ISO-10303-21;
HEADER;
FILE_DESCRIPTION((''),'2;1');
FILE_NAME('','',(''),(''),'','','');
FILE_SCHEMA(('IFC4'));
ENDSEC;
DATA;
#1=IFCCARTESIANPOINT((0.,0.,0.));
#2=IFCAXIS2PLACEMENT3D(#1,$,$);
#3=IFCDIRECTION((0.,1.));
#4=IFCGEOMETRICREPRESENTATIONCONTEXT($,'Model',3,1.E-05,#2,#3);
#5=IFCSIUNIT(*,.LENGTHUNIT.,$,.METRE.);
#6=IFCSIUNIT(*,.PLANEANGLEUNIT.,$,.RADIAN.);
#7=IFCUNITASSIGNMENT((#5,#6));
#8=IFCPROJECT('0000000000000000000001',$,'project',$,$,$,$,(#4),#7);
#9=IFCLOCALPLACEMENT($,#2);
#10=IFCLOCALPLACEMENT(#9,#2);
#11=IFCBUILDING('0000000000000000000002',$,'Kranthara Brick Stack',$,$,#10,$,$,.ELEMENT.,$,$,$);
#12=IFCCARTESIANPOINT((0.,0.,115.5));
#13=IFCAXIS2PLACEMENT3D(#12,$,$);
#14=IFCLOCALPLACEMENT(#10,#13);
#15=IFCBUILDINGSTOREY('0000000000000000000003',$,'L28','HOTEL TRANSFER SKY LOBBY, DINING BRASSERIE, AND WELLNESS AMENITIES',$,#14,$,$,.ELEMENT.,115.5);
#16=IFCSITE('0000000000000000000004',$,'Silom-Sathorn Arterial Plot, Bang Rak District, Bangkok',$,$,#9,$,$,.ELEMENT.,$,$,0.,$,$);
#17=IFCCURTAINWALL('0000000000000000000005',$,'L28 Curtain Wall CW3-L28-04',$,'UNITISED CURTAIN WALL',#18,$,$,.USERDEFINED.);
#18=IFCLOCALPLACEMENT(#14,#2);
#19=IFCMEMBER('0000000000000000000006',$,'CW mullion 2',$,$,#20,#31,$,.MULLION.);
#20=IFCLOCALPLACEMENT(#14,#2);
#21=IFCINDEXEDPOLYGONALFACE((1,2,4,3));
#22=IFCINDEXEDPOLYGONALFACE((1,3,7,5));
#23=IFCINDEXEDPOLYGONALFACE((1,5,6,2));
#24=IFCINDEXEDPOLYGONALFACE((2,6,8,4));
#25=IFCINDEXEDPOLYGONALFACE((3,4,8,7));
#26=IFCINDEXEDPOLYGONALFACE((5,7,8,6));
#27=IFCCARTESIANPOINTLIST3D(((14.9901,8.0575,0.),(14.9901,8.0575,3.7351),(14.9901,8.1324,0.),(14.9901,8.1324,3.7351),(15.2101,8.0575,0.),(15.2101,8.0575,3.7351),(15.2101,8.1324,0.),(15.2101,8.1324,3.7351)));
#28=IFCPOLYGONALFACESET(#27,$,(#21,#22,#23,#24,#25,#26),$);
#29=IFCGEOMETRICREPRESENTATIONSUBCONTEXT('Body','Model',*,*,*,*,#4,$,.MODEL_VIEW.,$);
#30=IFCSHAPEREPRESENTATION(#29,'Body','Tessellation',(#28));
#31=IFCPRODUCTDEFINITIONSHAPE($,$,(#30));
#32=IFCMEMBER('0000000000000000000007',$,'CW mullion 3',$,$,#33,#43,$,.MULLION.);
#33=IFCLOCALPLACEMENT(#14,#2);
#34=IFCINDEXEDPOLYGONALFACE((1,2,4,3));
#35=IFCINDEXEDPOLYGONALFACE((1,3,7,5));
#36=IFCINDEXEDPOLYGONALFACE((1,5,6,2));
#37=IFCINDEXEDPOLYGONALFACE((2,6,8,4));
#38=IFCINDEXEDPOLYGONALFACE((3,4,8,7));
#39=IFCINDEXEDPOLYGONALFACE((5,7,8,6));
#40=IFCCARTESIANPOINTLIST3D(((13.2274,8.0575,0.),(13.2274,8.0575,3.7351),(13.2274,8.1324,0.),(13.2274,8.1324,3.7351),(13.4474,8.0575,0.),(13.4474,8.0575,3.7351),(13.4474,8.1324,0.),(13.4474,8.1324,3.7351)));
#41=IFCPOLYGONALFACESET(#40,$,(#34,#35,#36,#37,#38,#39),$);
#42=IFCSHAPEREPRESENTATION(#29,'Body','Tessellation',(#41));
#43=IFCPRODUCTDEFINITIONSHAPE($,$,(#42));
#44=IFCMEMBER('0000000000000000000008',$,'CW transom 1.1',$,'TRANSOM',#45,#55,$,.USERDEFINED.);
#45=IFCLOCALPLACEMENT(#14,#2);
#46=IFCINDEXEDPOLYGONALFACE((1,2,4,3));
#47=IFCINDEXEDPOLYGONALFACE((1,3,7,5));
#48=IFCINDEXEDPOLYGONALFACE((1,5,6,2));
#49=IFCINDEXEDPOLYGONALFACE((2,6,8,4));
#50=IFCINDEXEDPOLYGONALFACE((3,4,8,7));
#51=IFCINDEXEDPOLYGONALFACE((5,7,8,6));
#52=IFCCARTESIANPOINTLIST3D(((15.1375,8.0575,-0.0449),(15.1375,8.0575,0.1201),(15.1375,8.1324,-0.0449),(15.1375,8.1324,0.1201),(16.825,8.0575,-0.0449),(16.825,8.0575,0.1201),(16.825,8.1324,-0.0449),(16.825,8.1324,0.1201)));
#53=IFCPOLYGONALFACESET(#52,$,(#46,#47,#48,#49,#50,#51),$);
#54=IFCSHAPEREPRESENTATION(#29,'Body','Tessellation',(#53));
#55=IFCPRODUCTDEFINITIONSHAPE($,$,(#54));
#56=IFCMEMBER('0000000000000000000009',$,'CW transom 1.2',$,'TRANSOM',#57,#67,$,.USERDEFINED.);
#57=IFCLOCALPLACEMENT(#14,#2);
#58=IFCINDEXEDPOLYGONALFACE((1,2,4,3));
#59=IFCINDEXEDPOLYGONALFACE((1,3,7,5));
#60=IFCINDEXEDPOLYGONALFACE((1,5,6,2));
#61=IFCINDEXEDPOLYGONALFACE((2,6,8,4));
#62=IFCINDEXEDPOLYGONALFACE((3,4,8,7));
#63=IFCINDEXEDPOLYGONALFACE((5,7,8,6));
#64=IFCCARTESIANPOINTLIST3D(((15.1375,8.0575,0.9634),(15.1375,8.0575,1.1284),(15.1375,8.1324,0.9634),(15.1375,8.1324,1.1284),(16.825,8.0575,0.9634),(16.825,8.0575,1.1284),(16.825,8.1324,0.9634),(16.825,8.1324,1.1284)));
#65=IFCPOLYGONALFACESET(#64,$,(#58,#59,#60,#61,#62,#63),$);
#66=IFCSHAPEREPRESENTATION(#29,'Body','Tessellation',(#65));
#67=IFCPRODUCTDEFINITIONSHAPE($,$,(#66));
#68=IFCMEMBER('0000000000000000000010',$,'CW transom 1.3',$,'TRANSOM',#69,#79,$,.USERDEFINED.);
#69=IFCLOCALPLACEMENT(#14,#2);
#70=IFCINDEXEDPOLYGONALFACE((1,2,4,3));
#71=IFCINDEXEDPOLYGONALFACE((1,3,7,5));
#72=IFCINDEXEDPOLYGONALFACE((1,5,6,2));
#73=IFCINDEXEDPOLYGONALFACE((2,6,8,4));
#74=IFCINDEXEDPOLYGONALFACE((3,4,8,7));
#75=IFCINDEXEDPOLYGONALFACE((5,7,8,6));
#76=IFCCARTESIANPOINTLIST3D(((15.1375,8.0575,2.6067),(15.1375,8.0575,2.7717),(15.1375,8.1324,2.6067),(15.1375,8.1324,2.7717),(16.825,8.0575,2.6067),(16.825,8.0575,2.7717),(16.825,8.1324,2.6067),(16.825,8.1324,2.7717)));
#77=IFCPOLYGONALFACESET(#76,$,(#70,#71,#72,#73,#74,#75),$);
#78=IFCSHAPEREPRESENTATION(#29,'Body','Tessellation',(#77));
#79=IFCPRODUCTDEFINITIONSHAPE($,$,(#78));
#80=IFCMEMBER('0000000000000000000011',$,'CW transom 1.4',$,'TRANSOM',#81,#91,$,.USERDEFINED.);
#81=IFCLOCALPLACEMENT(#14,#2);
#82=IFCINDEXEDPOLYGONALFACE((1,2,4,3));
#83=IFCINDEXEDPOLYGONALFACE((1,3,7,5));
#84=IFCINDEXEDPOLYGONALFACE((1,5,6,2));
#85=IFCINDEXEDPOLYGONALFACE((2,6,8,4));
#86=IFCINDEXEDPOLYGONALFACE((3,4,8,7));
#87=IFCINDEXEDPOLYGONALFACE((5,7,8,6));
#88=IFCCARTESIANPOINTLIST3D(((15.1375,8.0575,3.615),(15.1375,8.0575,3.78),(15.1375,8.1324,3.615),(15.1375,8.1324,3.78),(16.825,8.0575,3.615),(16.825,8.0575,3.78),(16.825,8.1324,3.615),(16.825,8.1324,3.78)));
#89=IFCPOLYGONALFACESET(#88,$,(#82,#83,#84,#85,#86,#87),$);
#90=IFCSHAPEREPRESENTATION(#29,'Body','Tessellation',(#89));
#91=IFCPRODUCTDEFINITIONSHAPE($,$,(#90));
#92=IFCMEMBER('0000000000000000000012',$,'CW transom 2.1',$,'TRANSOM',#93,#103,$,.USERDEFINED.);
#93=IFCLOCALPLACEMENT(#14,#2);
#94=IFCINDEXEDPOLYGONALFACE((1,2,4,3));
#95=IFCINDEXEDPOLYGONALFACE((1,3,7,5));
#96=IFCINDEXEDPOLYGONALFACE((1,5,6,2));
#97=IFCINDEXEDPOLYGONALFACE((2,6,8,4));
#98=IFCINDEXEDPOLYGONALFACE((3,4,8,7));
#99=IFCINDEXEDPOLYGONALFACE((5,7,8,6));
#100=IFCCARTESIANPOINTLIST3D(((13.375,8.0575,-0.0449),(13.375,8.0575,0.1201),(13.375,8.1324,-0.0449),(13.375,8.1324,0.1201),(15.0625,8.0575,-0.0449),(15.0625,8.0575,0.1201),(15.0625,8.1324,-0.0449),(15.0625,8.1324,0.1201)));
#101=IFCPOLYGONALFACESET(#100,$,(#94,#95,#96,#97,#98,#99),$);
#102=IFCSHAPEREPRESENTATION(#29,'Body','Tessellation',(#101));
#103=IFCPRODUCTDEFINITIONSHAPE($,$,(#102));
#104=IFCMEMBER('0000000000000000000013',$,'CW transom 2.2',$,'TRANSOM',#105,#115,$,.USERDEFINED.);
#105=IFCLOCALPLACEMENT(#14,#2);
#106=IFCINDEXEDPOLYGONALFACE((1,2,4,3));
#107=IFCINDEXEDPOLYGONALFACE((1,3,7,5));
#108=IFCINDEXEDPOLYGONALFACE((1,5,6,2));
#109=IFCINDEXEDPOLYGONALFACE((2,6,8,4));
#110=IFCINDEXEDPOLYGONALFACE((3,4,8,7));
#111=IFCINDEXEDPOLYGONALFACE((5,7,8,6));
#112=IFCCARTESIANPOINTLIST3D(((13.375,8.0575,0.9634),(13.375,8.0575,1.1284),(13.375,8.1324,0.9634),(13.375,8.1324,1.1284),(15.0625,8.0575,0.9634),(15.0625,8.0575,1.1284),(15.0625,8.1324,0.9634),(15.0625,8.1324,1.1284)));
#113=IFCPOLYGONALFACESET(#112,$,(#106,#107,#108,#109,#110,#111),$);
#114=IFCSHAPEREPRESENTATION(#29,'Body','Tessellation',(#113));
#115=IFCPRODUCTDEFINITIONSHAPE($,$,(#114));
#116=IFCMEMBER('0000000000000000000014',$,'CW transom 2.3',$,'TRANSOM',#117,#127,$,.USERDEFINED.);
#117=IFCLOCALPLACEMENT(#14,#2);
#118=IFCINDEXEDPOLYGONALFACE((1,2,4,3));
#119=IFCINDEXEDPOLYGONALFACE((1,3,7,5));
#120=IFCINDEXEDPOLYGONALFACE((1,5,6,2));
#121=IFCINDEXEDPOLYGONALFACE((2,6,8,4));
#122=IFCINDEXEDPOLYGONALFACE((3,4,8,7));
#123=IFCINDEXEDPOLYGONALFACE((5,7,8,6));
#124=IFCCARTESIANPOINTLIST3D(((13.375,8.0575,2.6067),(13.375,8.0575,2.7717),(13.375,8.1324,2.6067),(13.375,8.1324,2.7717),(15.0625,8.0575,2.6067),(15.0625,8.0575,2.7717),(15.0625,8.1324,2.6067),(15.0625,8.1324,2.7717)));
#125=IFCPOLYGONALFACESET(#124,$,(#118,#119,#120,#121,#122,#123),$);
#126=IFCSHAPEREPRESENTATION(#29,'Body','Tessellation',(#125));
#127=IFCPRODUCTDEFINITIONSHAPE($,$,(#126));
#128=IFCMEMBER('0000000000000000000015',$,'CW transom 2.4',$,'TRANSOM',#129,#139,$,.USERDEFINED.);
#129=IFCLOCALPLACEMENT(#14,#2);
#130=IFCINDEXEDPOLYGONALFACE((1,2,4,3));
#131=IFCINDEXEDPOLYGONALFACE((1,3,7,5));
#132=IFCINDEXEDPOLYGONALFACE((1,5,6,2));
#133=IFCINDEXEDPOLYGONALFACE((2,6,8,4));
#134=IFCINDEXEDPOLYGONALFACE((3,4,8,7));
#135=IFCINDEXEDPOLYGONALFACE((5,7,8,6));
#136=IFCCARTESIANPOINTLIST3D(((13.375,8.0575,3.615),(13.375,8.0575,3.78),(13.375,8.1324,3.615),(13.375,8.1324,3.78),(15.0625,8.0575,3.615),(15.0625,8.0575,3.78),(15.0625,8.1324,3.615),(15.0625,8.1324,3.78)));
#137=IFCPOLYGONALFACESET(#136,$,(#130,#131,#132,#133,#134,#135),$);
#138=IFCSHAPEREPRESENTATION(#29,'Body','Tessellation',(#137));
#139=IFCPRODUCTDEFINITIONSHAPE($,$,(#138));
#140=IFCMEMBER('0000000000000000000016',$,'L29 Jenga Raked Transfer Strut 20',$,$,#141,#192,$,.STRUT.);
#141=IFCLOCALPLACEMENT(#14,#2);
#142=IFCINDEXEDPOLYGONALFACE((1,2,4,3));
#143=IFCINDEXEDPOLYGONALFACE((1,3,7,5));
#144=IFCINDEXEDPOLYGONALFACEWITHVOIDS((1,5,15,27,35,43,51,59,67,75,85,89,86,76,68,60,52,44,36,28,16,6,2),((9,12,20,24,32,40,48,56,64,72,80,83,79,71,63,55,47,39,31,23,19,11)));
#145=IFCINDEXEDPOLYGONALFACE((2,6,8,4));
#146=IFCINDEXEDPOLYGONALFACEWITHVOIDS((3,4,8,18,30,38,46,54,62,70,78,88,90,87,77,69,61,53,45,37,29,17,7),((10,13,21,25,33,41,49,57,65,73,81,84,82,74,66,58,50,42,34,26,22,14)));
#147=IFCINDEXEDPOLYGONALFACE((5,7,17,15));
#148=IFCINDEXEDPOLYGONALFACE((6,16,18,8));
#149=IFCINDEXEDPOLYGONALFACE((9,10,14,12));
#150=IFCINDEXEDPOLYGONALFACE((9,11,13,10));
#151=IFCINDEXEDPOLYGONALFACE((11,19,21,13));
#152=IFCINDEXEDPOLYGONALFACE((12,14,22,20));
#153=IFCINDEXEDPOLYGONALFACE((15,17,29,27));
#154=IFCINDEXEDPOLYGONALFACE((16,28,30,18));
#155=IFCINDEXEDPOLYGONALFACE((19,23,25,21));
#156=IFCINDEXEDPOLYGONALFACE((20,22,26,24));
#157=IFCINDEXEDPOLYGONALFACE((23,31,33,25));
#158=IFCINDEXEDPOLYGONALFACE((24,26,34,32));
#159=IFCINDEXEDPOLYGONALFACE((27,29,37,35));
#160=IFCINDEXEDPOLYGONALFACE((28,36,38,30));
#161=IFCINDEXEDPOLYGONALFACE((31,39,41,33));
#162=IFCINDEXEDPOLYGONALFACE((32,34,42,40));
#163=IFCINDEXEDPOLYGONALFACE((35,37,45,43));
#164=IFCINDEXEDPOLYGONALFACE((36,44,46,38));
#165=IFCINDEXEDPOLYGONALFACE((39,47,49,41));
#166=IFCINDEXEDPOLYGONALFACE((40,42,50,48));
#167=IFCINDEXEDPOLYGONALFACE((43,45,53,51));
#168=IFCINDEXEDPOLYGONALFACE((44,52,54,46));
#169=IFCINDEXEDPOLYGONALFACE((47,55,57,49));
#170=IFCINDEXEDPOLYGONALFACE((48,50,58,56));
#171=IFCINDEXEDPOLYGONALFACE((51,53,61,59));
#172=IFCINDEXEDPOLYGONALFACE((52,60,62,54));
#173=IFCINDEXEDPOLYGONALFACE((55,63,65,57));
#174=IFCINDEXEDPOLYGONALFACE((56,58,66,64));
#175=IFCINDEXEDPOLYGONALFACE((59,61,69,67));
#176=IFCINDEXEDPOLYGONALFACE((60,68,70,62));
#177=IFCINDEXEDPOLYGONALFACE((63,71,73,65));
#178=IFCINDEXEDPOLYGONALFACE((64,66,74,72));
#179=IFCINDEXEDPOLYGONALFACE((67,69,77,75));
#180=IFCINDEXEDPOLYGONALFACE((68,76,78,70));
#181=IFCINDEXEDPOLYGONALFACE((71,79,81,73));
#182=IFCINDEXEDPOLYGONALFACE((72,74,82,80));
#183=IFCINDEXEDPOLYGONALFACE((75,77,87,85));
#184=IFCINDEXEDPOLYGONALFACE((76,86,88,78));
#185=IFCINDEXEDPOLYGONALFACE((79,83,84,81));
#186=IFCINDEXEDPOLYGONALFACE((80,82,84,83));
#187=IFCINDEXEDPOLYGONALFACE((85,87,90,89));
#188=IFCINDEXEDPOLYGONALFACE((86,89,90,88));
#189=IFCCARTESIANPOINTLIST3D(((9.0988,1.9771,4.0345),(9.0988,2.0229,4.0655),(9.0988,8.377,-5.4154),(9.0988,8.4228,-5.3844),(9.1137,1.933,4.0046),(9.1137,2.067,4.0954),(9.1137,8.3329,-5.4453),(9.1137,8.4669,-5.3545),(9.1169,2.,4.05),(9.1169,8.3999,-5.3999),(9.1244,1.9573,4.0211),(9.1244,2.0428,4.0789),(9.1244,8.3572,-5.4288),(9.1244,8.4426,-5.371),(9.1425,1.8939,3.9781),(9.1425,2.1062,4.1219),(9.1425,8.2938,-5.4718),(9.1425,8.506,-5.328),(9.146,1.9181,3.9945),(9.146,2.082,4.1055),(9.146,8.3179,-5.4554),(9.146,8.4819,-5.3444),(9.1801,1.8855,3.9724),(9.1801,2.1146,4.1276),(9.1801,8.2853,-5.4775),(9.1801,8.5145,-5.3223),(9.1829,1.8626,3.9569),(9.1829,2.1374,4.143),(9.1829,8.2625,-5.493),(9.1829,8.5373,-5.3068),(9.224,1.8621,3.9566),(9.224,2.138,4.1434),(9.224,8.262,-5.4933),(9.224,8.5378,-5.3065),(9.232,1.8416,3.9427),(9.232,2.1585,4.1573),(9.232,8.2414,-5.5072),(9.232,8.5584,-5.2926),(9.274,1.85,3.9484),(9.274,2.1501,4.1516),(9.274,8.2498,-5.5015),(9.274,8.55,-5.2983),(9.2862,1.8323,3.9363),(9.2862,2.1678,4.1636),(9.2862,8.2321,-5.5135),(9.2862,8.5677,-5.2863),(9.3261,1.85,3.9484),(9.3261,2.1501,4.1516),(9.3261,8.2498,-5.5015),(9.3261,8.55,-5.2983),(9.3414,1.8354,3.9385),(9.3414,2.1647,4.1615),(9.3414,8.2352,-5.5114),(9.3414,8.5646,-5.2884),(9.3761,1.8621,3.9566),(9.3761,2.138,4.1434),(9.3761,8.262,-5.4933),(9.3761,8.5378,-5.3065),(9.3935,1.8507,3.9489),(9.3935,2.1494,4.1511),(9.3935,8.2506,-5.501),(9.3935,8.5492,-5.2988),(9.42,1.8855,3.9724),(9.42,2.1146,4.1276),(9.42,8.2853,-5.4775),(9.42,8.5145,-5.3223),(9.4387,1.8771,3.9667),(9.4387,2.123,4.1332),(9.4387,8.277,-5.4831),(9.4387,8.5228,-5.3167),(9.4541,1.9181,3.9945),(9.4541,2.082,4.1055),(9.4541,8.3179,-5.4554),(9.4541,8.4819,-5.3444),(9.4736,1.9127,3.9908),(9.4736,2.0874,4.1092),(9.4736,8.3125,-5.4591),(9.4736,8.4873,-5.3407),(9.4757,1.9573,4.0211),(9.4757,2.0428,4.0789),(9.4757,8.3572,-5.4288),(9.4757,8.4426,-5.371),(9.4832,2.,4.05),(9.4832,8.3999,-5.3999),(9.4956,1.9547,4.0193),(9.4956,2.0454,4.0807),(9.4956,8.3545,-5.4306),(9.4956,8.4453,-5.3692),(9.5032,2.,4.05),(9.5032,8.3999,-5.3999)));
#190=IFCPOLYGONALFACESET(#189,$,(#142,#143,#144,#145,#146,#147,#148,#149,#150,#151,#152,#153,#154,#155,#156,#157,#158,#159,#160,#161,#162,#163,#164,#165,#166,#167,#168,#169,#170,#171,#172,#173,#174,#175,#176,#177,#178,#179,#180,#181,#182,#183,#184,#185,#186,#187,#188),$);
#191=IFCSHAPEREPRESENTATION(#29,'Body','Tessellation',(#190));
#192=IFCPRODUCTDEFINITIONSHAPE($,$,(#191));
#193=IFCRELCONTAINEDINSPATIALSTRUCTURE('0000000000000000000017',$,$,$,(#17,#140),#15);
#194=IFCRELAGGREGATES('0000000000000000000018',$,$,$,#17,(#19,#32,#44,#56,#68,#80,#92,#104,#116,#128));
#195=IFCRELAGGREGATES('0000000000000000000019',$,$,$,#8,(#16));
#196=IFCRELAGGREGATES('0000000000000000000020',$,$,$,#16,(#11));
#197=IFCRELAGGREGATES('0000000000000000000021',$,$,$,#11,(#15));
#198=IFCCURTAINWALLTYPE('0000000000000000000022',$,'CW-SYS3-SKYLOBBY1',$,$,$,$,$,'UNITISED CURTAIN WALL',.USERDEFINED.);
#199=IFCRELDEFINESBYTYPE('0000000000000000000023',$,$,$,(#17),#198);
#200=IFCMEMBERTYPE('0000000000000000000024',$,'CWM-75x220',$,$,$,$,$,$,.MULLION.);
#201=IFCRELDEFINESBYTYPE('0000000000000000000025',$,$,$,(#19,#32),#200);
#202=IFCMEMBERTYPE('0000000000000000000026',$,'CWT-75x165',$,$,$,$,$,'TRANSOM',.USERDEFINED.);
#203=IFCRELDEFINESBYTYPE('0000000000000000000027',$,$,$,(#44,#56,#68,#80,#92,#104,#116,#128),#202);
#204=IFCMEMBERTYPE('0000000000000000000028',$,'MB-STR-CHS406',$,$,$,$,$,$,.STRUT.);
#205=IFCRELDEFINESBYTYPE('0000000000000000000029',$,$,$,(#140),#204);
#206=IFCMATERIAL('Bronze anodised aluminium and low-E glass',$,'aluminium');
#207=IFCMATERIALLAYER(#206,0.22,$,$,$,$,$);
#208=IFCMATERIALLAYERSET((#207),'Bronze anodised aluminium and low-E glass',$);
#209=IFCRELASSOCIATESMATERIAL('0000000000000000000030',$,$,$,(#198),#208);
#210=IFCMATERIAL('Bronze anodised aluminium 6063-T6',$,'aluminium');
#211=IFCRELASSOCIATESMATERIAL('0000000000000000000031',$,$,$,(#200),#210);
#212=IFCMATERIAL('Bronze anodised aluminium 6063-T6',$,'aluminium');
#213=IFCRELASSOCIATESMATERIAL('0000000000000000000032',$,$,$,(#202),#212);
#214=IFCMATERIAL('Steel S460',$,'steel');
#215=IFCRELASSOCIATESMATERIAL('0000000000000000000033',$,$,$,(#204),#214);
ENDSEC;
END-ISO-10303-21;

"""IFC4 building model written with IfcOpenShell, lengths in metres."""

from ifc_helpers import new_model, si_unit, direction, frame, origin, origin_2d, place, context, subcontext, project, spatial, rectangle, hollow_circle, extrude, material, layer, layer_set, material_profile, profile_set, type_object, element, aggregate, save


model = new_model("IFC4")

# Units and contexts
model_context = context("Model", 3, precision=1e-05, world=origin(), true_north=direction((0.0, 1.0)))
body_context = subcontext(model_context, "Body", "Model", "MODEL_VIEW")
ifc_project = project(units=[si_unit("LENGTHUNIT", "METRE"), si_unit("PLANEANGLEUNIT", "RADIAN")], contexts=[model_context])

# Site, building, storey
site_placement = place(None, origin())
site = spatial("IfcSite", under=ifc_project, at=site_placement, Name="Silom-Sathorn Arterial Plot, Bang Rak District, Bangkok", CompositionType="ELEMENT", RefElevation=0.0)
building_placement = place(site_placement, origin())
building = spatial("IfcBuilding", under=site, at=building_placement, Name="Kranthara Brick Stack", CompositionType="ELEMENT")
storey_placement = place(building_placement, frame((0.0, 0.0, 115.5)))
storey = spatial("IfcBuildingStorey", under=building, at=storey_placement, Name="L28", Description="HOTEL TRANSFER SKY LOBBY, DINING BRASSERIE, AND WELLNESS AMENITIES", CompositionType="ELEMENT", Elevation=115.5)

# Shared definitions
ifc_material_1 = material(Name="Bronze anodised aluminium and low-E glass", Category="aluminium")
ifc_layer_1 = layer(ifc_material_1, 0.22)
ifc_layer_set_1 = layer_set([ifc_layer_1], Name="Bronze anodised aluminium and low-E glass")
curtain_wall_type = type_object("IfcCurtainWallType", Name="CW-SYS3-SKYLOBBY1", ElementType="UNITISED CURTAIN WALL", PredefinedType="USERDEFINED", material=ifc_layer_set_1)
ifc_material_2 = material(Name="Bronze anodised aluminium 6063-T6", Category="aluminium")
ifc_material_profile_1 = material_profile(ifc_material_2, rectangle(XDim=0.075, YDim=0.22, at=origin_2d()), Name="ALU MULLION 75x220")
ifc_profile_set_1 = profile_set([ifc_material_profile_1], Name="Bronze anodised aluminium 6063-T6")
member_type_1 = type_object("IfcMemberType", Name="CWM-75x220", PredefinedType="MULLION", material=ifc_profile_set_1)

# Curtain wall, members
curtain_wall_1_placement = place(storey_placement, origin())
curtain_wall_1 = element("IfcCurtainWall", 1, at=curtain_wall_1_placement, inside=storey, type_object=curtain_wall_type, Name="L28 Curtain Wall CW3-L28-04", ObjectType="UNITISED CURTAIN WALL", PredefinedType="USERDEFINED")
member_1_placement = place(storey_placement, frame((15.1001, 8.095, 0.0), z_axis=(0.0, 0.0, 1.0), x_axis=(0.0, -1.0, 0.0)))
member_1 = element("IfcMember", 2, at=member_1_placement, type_object=member_type_1, Name="CW mullion 2", PredefinedType="MULLION", context=body_context, shape_type="SweptSolid", body=[
    extrude(rectangle(XDim=0.075, YDim=0.22, at=origin_2d()), origin(), (0.0, 0.0, 1.0), 3.7351),
])
member_2_placement = place(storey_placement, frame((13.3374, 8.095, 0.0), z_axis=(0.0, 0.0, 1.0), x_axis=(0.0, -1.0, 0.0)))
member_2 = element("IfcMember", 3, at=member_2_placement, type_object=member_type_1, Name="CW mullion 3", PredefinedType="MULLION", context=body_context, shape_type="SweptSolid", body=[
    extrude(rectangle(XDim=0.075, YDim=0.22, at=origin_2d()), origin(), (0.0, 0.0, 1.0), 3.7351),
])
ifc_material_3 = material(Name="Bronze anodised aluminium 6063-T6", Category="aluminium")
ifc_material_profile_2 = material_profile(ifc_material_3, rectangle(XDim=0.075, YDim=0.165, at=origin_2d()), Name="ALU TRANSOM 75x165")
ifc_profile_set_2 = profile_set([ifc_material_profile_2], Name="Bronze anodised aluminium 6063-T6")
member_type_2 = type_object("IfcMemberType", Name="CWT-75x165", ElementType="TRANSOM", PredefinedType="USERDEFINED", material=ifc_profile_set_2)
member_3_placement = place(storey_placement, frame((16.825, 8.095, 0.0376), z_axis=(-1.0, 0.0, 0.0), x_axis=(0.0, -1.0, 0.0)))
member_3 = element("IfcMember", 4, at=member_3_placement, type_object=member_type_2, Name="CW transom 1.1", ObjectType="TRANSOM", PredefinedType="USERDEFINED", context=body_context, shape_type="SweptSolid", body=[
    extrude(rectangle(XDim=0.075, YDim=0.165, at=origin_2d()), origin(), (0.0, 0.0, 1.0), 1.6875),
])
member_4_placement = place(storey_placement, frame((16.825, 8.095, 1.0459), z_axis=(-1.0, 0.0, 0.0), x_axis=(0.0, -1.0, 0.0)))
member_4 = element("IfcMember", 5, at=member_4_placement, type_object=member_type_2, Name="CW transom 1.2", ObjectType="TRANSOM", PredefinedType="USERDEFINED", context=body_context, shape_type="SweptSolid", body=[
    extrude(rectangle(XDim=0.075, YDim=0.165, at=origin_2d()), origin(), (0.0, 0.0, 1.0), 1.6875),
])
member_5_placement = place(storey_placement, frame((16.825, 8.095, 2.6892), z_axis=(-1.0, 0.0, 0.0), x_axis=(0.0, -1.0, 0.0)))
member_5 = element("IfcMember", 6, at=member_5_placement, type_object=member_type_2, Name="CW transom 1.3", ObjectType="TRANSOM", PredefinedType="USERDEFINED", context=body_context, shape_type="SweptSolid", body=[
    extrude(rectangle(XDim=0.075, YDim=0.165, at=origin_2d()), origin(), (0.0, 0.0, 1.0), 1.6875),
])
member_6_placement = place(storey_placement, frame((16.825, 8.095, 3.6975), z_axis=(-1.0, 0.0, 0.0), x_axis=(0.0, -1.0, 0.0)))
member_6 = element("IfcMember", 7, at=member_6_placement, type_object=member_type_2, Name="CW transom 1.4", ObjectType="TRANSOM", PredefinedType="USERDEFINED", context=body_context, shape_type="SweptSolid", body=[
    extrude(rectangle(XDim=0.075, YDim=0.165, at=origin_2d()), origin(), (0.0, 0.0, 1.0), 1.6875),
])
member_7_placement = place(storey_placement, frame((15.0625, 8.095, 0.0376), z_axis=(-1.0, 0.0, 0.0), x_axis=(0.0, -1.0, 0.0)))
member_7 = element("IfcMember", 8, at=member_7_placement, type_object=member_type_2, Name="CW transom 2.1", ObjectType="TRANSOM", PredefinedType="USERDEFINED", context=body_context, shape_type="SweptSolid", body=[
    extrude(rectangle(XDim=0.075, YDim=0.165, at=origin_2d()), origin(), (0.0, 0.0, 1.0), 1.6875),
])
member_8_placement = place(storey_placement, frame((15.0625, 8.095, 1.0459), z_axis=(-1.0, 0.0, 0.0), x_axis=(0.0, -1.0, 0.0)))
member_8 = element("IfcMember", 9, at=member_8_placement, type_object=member_type_2, Name="CW transom 2.2", ObjectType="TRANSOM", PredefinedType="USERDEFINED", context=body_context, shape_type="SweptSolid", body=[
    extrude(rectangle(XDim=0.075, YDim=0.165, at=origin_2d()), origin(), (0.0, 0.0, 1.0), 1.6875),
])
member_9_placement = place(storey_placement, frame((15.0625, 8.095, 2.6892), z_axis=(-1.0, 0.0, 0.0), x_axis=(0.0, -1.0, 0.0)))
member_9 = element("IfcMember", 10, at=member_9_placement, type_object=member_type_2, Name="CW transom 2.3", ObjectType="TRANSOM", PredefinedType="USERDEFINED", context=body_context, shape_type="SweptSolid", body=[
    extrude(rectangle(XDim=0.075, YDim=0.165, at=origin_2d()), origin(), (0.0, 0.0, 1.0), 1.6875),
])
member_10_placement = place(storey_placement, frame((15.0625, 8.095, 3.6975), z_axis=(-1.0, 0.0, 0.0), x_axis=(0.0, -1.0, 0.0)))
member_10 = element("IfcMember", 11, at=member_10_placement, type_object=member_type_2, Name="CW transom 2.4", ObjectType="TRANSOM", PredefinedType="USERDEFINED", context=body_context, shape_type="SweptSolid", body=[
    extrude(rectangle(XDim=0.075, YDim=0.165, at=origin_2d()), origin(), (0.0, 0.0, 1.0), 1.6875),
])

# Member
ifc_material_4 = material(Name="Steel S460", Category="steel")
ifc_material_profile_3 = material_profile(ifc_material_4, hollow_circle(Radius=0.2031, WallThickness=0.02, at=origin_2d()), Name="CHS 406.4x20")
ifc_profile_set_3 = profile_set([ifc_material_profile_3], Name="Steel S460")
member_type_3 = type_object("IfcMemberType", Name="MB-STR-CHS406", PredefinedType="STRUT", material=ifc_profile_set_3)
for number, where, z_axis, x_axis, name in (
    (12, (9.3, 8.3999, -5.3999), (0.0, -0.560747, 0.827987), (1.0, 0.0, 0.0), "L29 Jenga Raked Transfer Strut 20"),
):
    element("IfcMember", number, at=place(storey_placement, frame(where, z_axis=z_axis, x_axis=x_axis)), inside=storey, type_object=member_type_3, Name=name, PredefinedType="STRUT", context=body_context, shape_type="SweptSolid", body=[
        extrude(hollow_circle(Radius=0.2031, WallThickness=0.02, at=origin_2d()), origin(), (0.0, 0.0, 1.0), 11.4131),
    ])

aggregate(curtain_wall_1, [member_1, member_2, member_3, member_4, member_5, member_6, member_7, member_8, member_9, member_10])

save(model, "model.ifc")
